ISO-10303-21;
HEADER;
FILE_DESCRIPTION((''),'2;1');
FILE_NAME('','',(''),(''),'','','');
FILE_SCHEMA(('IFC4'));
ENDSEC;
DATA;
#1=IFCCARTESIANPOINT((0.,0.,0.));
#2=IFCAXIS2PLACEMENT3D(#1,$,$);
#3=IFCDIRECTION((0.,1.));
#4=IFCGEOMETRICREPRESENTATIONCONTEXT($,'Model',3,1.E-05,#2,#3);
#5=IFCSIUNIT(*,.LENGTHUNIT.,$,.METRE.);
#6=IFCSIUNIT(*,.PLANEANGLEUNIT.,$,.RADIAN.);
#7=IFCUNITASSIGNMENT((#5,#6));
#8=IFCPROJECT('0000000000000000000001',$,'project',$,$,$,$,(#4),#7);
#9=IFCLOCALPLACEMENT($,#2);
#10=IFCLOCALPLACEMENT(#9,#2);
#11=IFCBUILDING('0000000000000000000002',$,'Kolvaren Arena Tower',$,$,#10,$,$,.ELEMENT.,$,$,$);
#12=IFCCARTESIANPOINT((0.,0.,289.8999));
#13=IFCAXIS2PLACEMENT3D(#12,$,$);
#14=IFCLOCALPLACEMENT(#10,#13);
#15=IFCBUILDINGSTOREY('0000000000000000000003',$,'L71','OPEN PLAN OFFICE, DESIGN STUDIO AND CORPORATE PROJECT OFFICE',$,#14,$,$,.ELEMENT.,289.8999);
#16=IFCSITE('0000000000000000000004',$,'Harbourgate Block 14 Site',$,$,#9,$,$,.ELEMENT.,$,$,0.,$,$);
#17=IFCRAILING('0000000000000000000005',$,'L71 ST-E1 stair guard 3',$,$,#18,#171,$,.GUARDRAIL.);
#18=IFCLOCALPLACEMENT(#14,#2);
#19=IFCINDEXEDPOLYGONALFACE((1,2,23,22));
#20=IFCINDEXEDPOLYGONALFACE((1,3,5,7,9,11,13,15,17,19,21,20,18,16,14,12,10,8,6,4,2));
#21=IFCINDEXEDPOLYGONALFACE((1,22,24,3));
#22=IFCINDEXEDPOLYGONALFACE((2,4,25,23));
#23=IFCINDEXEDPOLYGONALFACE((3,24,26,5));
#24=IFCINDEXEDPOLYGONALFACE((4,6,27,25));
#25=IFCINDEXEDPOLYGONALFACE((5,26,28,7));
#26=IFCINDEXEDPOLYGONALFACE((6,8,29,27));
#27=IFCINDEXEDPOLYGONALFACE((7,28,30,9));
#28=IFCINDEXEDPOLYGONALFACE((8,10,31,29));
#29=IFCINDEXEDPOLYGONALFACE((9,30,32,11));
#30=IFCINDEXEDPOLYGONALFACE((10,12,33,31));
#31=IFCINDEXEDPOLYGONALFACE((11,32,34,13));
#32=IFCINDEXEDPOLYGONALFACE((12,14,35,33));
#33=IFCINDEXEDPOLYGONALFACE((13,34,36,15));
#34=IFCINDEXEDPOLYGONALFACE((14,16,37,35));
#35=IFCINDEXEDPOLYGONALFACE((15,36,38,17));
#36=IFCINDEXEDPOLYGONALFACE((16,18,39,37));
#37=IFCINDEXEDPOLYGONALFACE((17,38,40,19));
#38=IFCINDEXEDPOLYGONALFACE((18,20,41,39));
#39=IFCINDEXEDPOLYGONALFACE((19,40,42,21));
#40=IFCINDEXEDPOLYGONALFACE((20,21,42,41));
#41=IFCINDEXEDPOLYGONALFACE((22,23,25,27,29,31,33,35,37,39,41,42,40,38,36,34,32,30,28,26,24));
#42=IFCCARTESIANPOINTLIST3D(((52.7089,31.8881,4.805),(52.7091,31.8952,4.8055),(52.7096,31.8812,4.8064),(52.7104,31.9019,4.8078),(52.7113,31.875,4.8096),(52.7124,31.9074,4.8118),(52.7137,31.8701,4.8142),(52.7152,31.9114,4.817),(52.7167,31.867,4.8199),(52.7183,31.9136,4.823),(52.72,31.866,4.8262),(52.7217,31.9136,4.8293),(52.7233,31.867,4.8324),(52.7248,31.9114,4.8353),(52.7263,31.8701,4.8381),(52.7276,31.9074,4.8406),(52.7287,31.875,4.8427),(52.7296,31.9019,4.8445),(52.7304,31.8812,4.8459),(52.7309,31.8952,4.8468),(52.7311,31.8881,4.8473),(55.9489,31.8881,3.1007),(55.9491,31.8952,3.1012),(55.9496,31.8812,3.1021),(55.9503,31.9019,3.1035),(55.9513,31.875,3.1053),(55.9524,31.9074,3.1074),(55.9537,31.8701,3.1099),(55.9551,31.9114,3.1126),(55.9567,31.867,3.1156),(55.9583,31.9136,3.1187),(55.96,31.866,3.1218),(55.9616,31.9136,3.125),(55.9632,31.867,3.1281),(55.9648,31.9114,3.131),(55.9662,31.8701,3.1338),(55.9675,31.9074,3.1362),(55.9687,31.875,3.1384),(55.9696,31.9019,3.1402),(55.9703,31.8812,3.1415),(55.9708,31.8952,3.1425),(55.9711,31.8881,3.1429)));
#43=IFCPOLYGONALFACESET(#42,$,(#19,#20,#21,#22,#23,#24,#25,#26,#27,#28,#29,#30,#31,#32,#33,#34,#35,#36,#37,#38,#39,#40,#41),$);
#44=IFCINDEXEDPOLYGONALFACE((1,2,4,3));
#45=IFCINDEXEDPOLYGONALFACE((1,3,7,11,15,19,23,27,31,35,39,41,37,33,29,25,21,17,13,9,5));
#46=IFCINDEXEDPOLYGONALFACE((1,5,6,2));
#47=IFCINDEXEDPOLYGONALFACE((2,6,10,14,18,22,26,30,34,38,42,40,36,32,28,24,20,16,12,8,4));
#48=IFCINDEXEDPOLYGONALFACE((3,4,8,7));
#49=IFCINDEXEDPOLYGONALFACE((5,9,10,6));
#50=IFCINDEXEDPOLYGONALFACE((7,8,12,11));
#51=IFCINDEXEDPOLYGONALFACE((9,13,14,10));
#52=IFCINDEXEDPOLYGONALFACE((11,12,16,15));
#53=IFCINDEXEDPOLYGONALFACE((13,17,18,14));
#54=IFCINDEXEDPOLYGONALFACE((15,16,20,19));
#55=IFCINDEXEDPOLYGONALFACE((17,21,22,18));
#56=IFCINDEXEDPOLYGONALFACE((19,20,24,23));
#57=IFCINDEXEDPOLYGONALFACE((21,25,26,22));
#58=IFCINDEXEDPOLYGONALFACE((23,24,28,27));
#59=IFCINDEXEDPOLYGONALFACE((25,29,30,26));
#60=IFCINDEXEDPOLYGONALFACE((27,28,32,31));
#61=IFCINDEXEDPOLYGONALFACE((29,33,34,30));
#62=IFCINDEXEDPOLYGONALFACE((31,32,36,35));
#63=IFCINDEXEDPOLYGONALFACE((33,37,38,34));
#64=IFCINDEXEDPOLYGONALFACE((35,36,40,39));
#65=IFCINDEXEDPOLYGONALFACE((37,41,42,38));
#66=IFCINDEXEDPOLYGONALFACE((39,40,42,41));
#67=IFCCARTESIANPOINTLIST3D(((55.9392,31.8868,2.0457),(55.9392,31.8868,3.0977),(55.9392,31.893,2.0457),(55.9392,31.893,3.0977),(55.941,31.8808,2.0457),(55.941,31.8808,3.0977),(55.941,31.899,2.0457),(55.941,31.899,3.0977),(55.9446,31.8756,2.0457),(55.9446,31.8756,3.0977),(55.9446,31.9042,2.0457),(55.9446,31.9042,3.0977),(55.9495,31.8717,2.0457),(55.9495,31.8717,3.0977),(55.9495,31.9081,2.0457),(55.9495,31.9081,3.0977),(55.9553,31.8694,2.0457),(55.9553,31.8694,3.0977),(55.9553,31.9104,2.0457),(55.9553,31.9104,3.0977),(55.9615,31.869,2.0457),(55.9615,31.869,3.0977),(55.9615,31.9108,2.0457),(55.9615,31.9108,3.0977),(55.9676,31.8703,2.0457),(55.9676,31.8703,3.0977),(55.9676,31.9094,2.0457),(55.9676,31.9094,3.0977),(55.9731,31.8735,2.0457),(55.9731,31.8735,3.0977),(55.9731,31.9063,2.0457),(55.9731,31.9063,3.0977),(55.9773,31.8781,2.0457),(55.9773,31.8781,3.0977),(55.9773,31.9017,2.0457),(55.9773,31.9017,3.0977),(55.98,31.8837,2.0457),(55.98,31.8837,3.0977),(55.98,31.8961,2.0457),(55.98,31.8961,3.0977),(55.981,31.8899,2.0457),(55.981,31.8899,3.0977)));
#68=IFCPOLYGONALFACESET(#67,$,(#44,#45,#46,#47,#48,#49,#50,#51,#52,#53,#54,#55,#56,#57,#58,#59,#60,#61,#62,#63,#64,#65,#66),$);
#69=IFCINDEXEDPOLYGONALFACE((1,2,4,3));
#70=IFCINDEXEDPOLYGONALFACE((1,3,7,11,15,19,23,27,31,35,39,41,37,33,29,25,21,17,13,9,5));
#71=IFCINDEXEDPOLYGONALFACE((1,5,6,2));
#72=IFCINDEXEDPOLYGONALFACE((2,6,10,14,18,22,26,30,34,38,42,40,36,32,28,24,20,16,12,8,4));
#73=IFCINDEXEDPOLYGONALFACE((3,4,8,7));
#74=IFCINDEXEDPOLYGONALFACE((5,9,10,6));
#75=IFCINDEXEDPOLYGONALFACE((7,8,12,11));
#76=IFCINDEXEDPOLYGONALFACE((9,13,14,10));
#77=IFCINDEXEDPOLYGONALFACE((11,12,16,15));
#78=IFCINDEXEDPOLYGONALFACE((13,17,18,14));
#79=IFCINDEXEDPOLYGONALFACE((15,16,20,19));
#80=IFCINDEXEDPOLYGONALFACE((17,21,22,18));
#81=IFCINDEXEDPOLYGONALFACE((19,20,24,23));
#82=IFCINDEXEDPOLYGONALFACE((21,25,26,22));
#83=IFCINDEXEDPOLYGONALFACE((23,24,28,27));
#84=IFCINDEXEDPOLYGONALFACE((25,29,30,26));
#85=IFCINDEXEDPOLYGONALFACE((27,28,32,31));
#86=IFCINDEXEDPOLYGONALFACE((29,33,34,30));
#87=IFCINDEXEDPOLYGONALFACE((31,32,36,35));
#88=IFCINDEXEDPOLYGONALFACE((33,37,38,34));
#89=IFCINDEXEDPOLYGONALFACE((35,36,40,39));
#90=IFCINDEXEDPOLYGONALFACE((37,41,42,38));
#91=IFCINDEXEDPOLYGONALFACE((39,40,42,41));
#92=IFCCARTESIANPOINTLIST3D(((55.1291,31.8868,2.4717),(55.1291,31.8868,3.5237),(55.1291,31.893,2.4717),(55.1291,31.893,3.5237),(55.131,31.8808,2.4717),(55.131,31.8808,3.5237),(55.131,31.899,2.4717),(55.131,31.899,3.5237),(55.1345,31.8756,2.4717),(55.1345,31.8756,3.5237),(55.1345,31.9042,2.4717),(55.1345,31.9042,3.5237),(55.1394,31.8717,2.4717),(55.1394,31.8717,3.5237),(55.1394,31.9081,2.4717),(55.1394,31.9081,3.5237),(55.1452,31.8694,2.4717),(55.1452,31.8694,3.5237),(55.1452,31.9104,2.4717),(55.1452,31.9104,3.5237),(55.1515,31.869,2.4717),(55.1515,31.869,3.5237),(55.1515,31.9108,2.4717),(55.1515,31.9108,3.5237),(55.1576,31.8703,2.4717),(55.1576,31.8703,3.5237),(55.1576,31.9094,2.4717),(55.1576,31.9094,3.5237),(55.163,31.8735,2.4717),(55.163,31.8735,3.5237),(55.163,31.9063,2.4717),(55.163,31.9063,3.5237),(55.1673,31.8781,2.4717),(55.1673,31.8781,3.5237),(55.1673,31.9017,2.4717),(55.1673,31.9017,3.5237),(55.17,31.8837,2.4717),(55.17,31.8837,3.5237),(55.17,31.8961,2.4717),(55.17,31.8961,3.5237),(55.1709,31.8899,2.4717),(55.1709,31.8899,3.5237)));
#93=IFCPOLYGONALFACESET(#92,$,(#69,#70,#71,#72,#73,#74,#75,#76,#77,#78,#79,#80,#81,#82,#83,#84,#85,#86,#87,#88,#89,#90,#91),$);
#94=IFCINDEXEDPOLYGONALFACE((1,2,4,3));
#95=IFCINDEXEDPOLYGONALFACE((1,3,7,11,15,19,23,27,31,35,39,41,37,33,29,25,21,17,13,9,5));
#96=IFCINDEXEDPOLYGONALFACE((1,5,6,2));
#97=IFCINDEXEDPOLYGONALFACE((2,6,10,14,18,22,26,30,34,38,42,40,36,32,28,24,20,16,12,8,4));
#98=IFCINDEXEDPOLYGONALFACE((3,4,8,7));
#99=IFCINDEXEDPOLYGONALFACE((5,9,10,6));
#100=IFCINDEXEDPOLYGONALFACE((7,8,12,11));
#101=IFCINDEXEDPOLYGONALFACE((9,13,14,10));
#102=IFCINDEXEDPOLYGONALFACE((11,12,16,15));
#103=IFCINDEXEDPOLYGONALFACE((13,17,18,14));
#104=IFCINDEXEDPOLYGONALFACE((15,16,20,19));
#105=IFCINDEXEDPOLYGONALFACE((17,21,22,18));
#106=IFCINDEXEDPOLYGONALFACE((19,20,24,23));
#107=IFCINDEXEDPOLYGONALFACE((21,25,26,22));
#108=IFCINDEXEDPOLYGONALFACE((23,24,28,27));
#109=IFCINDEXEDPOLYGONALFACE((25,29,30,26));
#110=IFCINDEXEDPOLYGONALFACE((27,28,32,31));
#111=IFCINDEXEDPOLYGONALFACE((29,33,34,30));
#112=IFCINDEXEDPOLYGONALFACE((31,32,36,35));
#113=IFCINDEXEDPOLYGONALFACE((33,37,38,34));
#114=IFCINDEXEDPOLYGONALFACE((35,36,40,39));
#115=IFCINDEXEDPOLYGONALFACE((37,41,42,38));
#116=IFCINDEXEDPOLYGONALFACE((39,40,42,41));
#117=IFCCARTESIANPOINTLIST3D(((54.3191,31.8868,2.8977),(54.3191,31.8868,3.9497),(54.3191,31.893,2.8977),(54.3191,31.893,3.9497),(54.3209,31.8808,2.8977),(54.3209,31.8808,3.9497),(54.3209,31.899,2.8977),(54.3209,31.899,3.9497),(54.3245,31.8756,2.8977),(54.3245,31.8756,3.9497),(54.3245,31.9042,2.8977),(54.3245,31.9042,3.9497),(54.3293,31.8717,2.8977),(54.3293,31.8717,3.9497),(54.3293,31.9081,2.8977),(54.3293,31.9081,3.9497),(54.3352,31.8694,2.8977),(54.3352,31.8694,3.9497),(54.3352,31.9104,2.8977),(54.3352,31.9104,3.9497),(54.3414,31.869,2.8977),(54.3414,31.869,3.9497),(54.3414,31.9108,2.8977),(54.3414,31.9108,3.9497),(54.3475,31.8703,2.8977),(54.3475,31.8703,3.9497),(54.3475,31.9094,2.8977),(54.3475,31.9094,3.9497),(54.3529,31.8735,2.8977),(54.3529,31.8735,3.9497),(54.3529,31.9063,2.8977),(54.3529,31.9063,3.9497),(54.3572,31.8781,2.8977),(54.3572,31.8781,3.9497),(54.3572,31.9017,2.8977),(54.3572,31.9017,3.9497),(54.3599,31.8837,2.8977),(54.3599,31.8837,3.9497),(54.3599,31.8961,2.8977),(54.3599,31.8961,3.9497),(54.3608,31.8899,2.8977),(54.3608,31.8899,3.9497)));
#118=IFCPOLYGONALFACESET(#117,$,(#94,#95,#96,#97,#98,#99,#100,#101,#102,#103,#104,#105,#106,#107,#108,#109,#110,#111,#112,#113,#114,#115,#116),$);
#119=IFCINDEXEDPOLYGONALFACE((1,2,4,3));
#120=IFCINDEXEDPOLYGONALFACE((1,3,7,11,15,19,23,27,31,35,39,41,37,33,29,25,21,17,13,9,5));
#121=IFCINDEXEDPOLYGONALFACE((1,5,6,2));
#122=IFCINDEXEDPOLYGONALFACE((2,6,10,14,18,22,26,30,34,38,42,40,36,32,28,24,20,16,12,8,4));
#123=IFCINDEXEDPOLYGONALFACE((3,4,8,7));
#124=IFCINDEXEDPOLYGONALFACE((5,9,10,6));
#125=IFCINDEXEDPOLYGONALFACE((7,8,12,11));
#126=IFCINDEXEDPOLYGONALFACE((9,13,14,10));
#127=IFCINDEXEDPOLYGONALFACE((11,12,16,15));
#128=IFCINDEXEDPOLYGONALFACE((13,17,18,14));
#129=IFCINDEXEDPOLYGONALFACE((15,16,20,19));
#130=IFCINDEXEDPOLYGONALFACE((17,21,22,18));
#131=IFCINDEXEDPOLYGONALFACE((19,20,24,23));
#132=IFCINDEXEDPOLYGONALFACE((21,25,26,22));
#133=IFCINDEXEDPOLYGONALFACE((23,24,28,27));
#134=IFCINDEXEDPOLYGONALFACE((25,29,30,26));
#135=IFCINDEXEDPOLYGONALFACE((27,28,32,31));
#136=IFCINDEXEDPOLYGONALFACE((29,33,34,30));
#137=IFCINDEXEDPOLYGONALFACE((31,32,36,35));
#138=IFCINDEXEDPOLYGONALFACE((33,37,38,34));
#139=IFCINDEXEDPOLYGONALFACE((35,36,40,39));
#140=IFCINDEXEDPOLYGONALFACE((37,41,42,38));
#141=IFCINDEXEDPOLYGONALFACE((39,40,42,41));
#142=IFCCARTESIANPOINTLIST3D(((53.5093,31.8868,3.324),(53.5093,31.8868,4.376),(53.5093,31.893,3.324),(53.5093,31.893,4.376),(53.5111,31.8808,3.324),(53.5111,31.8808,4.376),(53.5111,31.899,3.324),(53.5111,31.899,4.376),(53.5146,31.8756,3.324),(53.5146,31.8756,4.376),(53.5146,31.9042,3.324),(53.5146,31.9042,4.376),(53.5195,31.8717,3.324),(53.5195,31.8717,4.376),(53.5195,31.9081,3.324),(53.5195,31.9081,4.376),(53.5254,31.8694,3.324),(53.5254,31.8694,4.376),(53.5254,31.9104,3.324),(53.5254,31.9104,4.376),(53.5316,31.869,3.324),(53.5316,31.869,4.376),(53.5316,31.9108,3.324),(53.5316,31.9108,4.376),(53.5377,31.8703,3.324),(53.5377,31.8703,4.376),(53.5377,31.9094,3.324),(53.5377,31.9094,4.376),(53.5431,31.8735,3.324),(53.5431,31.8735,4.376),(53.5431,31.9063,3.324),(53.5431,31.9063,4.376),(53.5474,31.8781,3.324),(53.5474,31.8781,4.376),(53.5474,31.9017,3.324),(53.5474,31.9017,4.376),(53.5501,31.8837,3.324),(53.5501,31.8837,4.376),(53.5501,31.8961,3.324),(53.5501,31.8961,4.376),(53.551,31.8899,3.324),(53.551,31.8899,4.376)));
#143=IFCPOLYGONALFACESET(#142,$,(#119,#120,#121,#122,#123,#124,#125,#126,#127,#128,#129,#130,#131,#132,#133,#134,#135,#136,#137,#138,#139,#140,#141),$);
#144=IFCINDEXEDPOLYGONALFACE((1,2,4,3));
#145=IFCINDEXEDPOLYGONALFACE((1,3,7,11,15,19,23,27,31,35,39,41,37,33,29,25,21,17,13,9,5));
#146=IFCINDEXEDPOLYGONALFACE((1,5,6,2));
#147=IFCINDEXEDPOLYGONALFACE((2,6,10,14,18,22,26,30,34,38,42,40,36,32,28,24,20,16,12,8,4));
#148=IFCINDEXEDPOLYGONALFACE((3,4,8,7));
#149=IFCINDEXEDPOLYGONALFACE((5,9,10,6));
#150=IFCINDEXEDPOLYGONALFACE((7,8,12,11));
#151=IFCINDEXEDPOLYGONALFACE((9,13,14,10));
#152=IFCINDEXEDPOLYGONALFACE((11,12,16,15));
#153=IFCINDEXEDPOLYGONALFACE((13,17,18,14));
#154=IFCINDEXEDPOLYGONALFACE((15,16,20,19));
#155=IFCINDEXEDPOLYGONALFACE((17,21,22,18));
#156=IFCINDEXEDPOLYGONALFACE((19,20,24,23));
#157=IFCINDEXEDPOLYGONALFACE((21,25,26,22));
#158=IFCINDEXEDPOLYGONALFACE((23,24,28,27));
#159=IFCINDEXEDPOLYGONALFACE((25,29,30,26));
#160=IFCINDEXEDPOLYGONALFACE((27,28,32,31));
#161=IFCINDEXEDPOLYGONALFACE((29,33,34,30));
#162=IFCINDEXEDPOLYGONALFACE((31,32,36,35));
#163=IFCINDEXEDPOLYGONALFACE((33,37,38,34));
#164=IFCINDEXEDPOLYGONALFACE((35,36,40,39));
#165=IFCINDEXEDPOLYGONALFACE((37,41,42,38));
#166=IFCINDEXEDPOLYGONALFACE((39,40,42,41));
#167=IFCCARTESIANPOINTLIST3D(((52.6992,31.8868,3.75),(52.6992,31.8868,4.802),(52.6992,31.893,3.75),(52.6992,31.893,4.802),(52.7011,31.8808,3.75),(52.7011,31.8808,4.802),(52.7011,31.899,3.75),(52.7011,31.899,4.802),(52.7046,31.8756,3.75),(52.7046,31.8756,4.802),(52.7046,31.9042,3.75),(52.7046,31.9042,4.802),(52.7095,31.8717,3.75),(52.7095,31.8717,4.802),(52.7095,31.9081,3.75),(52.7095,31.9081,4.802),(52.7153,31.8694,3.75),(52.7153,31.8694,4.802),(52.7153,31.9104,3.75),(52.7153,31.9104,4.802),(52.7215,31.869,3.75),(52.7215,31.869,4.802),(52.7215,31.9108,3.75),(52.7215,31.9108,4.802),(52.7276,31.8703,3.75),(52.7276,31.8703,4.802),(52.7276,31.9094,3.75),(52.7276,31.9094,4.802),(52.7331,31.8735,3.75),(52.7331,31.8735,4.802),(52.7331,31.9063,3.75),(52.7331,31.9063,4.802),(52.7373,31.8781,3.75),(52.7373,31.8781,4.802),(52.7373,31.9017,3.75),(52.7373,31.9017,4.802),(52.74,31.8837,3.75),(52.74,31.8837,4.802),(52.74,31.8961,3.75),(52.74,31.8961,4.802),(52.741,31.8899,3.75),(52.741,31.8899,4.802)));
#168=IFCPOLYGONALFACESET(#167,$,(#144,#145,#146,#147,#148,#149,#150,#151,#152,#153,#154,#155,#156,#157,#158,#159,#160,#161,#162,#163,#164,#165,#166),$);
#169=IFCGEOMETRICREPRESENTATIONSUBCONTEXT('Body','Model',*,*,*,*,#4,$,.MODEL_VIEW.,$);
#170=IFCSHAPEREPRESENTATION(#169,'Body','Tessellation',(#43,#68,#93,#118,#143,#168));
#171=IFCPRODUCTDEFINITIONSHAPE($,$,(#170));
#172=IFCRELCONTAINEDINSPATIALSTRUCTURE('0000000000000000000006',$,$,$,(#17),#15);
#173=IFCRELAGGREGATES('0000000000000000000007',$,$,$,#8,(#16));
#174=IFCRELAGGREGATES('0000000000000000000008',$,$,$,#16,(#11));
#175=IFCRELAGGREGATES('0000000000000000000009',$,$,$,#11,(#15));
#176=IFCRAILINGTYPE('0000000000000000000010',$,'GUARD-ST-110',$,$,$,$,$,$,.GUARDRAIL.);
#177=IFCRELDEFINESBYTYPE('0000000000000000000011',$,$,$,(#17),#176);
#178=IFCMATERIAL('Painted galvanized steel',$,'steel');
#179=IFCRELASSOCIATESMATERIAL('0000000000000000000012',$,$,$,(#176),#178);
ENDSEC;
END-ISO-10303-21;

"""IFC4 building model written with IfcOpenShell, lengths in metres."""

from ifc_helpers import new_model, si_unit, direction, frame, origin, origin_2d, place, context, subcontext, project, spatial, circle, extrude, material, type_object, element, save


model = new_model("IFC4")

# Units and contexts
model_context = context("Model", 3, precision=1e-05, world=origin(), true_north=direction((0.0, 1.0)))
body_context = subcontext(model_context, "Body", "Model", "MODEL_VIEW")
ifc_project = project(units=[si_unit("LENGTHUNIT", "METRE"), si_unit("PLANEANGLEUNIT", "RADIAN")], contexts=[model_context])

# Site, building, storey
site_placement = place(None, origin())
site = spatial("IfcSite", under=ifc_project, at=site_placement, Name="Harbourgate Block 14 Site", CompositionType="ELEMENT", RefElevation=0.0)
building_placement = place(site_placement, origin())
building = spatial("IfcBuilding", under=site, at=building_placement, Name="Kolvaren Arena Tower", CompositionType="ELEMENT")
storey_placement = place(building_placement, frame((0.0, 0.0, 289.8999)))
storey = spatial("IfcBuildingStorey", under=building, at=storey_placement, Name="L71", Description="OPEN PLAN OFFICE, DESIGN STUDIO AND CORPORATE PROJECT OFFICE", CompositionType="ELEMENT", Elevation=289.8999)

# Railing
ifc_material_1 = material(Name="Painted galvanized steel", Category="steel")
railing_type_1 = type_object("IfcRailingType", Name="GUARD-ST-110", PredefinedType="GUARDRAIL", material=ifc_material_1)
railing_1_placement = place(storey_placement, frame((55.96, 31.8899, 2.0457)))
element("IfcRailing", 1, at=railing_1_placement, inside=storey, type_object=railing_type_1, Name="L71 ST-E1 stair guard 3", PredefinedType="GUARDRAIL", context=body_context, shape_type="SweptSolid", body=[
    extrude(circle(Radius=0.0239, at=origin_2d()), frame((0.0, 0.0, 1.0762), z_axis=(-0.885021, 0.0, 0.465551), x_axis=(0.0, -1.0, 0.0)), (0.0, 0.0, 1.0), 3.6609),
    extrude(circle(Radius=0.021, at=origin_2d()), origin(), (0.0, 0.0, 1.0), 1.052),
    extrude(circle(Radius=0.021, at=origin_2d()), frame((-0.8101, 0.0, 0.426)), (0.0, 0.0, 1.0), 1.052),
    extrude(circle(Radius=0.021, at=origin_2d()), frame((-1.6201, 0.0, 0.8521)), (0.0, 0.0, 1.0), 1.052),
    extrude(circle(Radius=0.021, at=origin_2d()), frame((-2.4299, 0.0, 1.2783)), (0.0, 0.0, 1.0), 1.052),
    extrude(circle(Radius=0.021, at=origin_2d()), frame((-3.24, 0.0, 1.7043)), (0.0, 0.0, 1.0), 1.052),
])

save(model, "model.ifc")
